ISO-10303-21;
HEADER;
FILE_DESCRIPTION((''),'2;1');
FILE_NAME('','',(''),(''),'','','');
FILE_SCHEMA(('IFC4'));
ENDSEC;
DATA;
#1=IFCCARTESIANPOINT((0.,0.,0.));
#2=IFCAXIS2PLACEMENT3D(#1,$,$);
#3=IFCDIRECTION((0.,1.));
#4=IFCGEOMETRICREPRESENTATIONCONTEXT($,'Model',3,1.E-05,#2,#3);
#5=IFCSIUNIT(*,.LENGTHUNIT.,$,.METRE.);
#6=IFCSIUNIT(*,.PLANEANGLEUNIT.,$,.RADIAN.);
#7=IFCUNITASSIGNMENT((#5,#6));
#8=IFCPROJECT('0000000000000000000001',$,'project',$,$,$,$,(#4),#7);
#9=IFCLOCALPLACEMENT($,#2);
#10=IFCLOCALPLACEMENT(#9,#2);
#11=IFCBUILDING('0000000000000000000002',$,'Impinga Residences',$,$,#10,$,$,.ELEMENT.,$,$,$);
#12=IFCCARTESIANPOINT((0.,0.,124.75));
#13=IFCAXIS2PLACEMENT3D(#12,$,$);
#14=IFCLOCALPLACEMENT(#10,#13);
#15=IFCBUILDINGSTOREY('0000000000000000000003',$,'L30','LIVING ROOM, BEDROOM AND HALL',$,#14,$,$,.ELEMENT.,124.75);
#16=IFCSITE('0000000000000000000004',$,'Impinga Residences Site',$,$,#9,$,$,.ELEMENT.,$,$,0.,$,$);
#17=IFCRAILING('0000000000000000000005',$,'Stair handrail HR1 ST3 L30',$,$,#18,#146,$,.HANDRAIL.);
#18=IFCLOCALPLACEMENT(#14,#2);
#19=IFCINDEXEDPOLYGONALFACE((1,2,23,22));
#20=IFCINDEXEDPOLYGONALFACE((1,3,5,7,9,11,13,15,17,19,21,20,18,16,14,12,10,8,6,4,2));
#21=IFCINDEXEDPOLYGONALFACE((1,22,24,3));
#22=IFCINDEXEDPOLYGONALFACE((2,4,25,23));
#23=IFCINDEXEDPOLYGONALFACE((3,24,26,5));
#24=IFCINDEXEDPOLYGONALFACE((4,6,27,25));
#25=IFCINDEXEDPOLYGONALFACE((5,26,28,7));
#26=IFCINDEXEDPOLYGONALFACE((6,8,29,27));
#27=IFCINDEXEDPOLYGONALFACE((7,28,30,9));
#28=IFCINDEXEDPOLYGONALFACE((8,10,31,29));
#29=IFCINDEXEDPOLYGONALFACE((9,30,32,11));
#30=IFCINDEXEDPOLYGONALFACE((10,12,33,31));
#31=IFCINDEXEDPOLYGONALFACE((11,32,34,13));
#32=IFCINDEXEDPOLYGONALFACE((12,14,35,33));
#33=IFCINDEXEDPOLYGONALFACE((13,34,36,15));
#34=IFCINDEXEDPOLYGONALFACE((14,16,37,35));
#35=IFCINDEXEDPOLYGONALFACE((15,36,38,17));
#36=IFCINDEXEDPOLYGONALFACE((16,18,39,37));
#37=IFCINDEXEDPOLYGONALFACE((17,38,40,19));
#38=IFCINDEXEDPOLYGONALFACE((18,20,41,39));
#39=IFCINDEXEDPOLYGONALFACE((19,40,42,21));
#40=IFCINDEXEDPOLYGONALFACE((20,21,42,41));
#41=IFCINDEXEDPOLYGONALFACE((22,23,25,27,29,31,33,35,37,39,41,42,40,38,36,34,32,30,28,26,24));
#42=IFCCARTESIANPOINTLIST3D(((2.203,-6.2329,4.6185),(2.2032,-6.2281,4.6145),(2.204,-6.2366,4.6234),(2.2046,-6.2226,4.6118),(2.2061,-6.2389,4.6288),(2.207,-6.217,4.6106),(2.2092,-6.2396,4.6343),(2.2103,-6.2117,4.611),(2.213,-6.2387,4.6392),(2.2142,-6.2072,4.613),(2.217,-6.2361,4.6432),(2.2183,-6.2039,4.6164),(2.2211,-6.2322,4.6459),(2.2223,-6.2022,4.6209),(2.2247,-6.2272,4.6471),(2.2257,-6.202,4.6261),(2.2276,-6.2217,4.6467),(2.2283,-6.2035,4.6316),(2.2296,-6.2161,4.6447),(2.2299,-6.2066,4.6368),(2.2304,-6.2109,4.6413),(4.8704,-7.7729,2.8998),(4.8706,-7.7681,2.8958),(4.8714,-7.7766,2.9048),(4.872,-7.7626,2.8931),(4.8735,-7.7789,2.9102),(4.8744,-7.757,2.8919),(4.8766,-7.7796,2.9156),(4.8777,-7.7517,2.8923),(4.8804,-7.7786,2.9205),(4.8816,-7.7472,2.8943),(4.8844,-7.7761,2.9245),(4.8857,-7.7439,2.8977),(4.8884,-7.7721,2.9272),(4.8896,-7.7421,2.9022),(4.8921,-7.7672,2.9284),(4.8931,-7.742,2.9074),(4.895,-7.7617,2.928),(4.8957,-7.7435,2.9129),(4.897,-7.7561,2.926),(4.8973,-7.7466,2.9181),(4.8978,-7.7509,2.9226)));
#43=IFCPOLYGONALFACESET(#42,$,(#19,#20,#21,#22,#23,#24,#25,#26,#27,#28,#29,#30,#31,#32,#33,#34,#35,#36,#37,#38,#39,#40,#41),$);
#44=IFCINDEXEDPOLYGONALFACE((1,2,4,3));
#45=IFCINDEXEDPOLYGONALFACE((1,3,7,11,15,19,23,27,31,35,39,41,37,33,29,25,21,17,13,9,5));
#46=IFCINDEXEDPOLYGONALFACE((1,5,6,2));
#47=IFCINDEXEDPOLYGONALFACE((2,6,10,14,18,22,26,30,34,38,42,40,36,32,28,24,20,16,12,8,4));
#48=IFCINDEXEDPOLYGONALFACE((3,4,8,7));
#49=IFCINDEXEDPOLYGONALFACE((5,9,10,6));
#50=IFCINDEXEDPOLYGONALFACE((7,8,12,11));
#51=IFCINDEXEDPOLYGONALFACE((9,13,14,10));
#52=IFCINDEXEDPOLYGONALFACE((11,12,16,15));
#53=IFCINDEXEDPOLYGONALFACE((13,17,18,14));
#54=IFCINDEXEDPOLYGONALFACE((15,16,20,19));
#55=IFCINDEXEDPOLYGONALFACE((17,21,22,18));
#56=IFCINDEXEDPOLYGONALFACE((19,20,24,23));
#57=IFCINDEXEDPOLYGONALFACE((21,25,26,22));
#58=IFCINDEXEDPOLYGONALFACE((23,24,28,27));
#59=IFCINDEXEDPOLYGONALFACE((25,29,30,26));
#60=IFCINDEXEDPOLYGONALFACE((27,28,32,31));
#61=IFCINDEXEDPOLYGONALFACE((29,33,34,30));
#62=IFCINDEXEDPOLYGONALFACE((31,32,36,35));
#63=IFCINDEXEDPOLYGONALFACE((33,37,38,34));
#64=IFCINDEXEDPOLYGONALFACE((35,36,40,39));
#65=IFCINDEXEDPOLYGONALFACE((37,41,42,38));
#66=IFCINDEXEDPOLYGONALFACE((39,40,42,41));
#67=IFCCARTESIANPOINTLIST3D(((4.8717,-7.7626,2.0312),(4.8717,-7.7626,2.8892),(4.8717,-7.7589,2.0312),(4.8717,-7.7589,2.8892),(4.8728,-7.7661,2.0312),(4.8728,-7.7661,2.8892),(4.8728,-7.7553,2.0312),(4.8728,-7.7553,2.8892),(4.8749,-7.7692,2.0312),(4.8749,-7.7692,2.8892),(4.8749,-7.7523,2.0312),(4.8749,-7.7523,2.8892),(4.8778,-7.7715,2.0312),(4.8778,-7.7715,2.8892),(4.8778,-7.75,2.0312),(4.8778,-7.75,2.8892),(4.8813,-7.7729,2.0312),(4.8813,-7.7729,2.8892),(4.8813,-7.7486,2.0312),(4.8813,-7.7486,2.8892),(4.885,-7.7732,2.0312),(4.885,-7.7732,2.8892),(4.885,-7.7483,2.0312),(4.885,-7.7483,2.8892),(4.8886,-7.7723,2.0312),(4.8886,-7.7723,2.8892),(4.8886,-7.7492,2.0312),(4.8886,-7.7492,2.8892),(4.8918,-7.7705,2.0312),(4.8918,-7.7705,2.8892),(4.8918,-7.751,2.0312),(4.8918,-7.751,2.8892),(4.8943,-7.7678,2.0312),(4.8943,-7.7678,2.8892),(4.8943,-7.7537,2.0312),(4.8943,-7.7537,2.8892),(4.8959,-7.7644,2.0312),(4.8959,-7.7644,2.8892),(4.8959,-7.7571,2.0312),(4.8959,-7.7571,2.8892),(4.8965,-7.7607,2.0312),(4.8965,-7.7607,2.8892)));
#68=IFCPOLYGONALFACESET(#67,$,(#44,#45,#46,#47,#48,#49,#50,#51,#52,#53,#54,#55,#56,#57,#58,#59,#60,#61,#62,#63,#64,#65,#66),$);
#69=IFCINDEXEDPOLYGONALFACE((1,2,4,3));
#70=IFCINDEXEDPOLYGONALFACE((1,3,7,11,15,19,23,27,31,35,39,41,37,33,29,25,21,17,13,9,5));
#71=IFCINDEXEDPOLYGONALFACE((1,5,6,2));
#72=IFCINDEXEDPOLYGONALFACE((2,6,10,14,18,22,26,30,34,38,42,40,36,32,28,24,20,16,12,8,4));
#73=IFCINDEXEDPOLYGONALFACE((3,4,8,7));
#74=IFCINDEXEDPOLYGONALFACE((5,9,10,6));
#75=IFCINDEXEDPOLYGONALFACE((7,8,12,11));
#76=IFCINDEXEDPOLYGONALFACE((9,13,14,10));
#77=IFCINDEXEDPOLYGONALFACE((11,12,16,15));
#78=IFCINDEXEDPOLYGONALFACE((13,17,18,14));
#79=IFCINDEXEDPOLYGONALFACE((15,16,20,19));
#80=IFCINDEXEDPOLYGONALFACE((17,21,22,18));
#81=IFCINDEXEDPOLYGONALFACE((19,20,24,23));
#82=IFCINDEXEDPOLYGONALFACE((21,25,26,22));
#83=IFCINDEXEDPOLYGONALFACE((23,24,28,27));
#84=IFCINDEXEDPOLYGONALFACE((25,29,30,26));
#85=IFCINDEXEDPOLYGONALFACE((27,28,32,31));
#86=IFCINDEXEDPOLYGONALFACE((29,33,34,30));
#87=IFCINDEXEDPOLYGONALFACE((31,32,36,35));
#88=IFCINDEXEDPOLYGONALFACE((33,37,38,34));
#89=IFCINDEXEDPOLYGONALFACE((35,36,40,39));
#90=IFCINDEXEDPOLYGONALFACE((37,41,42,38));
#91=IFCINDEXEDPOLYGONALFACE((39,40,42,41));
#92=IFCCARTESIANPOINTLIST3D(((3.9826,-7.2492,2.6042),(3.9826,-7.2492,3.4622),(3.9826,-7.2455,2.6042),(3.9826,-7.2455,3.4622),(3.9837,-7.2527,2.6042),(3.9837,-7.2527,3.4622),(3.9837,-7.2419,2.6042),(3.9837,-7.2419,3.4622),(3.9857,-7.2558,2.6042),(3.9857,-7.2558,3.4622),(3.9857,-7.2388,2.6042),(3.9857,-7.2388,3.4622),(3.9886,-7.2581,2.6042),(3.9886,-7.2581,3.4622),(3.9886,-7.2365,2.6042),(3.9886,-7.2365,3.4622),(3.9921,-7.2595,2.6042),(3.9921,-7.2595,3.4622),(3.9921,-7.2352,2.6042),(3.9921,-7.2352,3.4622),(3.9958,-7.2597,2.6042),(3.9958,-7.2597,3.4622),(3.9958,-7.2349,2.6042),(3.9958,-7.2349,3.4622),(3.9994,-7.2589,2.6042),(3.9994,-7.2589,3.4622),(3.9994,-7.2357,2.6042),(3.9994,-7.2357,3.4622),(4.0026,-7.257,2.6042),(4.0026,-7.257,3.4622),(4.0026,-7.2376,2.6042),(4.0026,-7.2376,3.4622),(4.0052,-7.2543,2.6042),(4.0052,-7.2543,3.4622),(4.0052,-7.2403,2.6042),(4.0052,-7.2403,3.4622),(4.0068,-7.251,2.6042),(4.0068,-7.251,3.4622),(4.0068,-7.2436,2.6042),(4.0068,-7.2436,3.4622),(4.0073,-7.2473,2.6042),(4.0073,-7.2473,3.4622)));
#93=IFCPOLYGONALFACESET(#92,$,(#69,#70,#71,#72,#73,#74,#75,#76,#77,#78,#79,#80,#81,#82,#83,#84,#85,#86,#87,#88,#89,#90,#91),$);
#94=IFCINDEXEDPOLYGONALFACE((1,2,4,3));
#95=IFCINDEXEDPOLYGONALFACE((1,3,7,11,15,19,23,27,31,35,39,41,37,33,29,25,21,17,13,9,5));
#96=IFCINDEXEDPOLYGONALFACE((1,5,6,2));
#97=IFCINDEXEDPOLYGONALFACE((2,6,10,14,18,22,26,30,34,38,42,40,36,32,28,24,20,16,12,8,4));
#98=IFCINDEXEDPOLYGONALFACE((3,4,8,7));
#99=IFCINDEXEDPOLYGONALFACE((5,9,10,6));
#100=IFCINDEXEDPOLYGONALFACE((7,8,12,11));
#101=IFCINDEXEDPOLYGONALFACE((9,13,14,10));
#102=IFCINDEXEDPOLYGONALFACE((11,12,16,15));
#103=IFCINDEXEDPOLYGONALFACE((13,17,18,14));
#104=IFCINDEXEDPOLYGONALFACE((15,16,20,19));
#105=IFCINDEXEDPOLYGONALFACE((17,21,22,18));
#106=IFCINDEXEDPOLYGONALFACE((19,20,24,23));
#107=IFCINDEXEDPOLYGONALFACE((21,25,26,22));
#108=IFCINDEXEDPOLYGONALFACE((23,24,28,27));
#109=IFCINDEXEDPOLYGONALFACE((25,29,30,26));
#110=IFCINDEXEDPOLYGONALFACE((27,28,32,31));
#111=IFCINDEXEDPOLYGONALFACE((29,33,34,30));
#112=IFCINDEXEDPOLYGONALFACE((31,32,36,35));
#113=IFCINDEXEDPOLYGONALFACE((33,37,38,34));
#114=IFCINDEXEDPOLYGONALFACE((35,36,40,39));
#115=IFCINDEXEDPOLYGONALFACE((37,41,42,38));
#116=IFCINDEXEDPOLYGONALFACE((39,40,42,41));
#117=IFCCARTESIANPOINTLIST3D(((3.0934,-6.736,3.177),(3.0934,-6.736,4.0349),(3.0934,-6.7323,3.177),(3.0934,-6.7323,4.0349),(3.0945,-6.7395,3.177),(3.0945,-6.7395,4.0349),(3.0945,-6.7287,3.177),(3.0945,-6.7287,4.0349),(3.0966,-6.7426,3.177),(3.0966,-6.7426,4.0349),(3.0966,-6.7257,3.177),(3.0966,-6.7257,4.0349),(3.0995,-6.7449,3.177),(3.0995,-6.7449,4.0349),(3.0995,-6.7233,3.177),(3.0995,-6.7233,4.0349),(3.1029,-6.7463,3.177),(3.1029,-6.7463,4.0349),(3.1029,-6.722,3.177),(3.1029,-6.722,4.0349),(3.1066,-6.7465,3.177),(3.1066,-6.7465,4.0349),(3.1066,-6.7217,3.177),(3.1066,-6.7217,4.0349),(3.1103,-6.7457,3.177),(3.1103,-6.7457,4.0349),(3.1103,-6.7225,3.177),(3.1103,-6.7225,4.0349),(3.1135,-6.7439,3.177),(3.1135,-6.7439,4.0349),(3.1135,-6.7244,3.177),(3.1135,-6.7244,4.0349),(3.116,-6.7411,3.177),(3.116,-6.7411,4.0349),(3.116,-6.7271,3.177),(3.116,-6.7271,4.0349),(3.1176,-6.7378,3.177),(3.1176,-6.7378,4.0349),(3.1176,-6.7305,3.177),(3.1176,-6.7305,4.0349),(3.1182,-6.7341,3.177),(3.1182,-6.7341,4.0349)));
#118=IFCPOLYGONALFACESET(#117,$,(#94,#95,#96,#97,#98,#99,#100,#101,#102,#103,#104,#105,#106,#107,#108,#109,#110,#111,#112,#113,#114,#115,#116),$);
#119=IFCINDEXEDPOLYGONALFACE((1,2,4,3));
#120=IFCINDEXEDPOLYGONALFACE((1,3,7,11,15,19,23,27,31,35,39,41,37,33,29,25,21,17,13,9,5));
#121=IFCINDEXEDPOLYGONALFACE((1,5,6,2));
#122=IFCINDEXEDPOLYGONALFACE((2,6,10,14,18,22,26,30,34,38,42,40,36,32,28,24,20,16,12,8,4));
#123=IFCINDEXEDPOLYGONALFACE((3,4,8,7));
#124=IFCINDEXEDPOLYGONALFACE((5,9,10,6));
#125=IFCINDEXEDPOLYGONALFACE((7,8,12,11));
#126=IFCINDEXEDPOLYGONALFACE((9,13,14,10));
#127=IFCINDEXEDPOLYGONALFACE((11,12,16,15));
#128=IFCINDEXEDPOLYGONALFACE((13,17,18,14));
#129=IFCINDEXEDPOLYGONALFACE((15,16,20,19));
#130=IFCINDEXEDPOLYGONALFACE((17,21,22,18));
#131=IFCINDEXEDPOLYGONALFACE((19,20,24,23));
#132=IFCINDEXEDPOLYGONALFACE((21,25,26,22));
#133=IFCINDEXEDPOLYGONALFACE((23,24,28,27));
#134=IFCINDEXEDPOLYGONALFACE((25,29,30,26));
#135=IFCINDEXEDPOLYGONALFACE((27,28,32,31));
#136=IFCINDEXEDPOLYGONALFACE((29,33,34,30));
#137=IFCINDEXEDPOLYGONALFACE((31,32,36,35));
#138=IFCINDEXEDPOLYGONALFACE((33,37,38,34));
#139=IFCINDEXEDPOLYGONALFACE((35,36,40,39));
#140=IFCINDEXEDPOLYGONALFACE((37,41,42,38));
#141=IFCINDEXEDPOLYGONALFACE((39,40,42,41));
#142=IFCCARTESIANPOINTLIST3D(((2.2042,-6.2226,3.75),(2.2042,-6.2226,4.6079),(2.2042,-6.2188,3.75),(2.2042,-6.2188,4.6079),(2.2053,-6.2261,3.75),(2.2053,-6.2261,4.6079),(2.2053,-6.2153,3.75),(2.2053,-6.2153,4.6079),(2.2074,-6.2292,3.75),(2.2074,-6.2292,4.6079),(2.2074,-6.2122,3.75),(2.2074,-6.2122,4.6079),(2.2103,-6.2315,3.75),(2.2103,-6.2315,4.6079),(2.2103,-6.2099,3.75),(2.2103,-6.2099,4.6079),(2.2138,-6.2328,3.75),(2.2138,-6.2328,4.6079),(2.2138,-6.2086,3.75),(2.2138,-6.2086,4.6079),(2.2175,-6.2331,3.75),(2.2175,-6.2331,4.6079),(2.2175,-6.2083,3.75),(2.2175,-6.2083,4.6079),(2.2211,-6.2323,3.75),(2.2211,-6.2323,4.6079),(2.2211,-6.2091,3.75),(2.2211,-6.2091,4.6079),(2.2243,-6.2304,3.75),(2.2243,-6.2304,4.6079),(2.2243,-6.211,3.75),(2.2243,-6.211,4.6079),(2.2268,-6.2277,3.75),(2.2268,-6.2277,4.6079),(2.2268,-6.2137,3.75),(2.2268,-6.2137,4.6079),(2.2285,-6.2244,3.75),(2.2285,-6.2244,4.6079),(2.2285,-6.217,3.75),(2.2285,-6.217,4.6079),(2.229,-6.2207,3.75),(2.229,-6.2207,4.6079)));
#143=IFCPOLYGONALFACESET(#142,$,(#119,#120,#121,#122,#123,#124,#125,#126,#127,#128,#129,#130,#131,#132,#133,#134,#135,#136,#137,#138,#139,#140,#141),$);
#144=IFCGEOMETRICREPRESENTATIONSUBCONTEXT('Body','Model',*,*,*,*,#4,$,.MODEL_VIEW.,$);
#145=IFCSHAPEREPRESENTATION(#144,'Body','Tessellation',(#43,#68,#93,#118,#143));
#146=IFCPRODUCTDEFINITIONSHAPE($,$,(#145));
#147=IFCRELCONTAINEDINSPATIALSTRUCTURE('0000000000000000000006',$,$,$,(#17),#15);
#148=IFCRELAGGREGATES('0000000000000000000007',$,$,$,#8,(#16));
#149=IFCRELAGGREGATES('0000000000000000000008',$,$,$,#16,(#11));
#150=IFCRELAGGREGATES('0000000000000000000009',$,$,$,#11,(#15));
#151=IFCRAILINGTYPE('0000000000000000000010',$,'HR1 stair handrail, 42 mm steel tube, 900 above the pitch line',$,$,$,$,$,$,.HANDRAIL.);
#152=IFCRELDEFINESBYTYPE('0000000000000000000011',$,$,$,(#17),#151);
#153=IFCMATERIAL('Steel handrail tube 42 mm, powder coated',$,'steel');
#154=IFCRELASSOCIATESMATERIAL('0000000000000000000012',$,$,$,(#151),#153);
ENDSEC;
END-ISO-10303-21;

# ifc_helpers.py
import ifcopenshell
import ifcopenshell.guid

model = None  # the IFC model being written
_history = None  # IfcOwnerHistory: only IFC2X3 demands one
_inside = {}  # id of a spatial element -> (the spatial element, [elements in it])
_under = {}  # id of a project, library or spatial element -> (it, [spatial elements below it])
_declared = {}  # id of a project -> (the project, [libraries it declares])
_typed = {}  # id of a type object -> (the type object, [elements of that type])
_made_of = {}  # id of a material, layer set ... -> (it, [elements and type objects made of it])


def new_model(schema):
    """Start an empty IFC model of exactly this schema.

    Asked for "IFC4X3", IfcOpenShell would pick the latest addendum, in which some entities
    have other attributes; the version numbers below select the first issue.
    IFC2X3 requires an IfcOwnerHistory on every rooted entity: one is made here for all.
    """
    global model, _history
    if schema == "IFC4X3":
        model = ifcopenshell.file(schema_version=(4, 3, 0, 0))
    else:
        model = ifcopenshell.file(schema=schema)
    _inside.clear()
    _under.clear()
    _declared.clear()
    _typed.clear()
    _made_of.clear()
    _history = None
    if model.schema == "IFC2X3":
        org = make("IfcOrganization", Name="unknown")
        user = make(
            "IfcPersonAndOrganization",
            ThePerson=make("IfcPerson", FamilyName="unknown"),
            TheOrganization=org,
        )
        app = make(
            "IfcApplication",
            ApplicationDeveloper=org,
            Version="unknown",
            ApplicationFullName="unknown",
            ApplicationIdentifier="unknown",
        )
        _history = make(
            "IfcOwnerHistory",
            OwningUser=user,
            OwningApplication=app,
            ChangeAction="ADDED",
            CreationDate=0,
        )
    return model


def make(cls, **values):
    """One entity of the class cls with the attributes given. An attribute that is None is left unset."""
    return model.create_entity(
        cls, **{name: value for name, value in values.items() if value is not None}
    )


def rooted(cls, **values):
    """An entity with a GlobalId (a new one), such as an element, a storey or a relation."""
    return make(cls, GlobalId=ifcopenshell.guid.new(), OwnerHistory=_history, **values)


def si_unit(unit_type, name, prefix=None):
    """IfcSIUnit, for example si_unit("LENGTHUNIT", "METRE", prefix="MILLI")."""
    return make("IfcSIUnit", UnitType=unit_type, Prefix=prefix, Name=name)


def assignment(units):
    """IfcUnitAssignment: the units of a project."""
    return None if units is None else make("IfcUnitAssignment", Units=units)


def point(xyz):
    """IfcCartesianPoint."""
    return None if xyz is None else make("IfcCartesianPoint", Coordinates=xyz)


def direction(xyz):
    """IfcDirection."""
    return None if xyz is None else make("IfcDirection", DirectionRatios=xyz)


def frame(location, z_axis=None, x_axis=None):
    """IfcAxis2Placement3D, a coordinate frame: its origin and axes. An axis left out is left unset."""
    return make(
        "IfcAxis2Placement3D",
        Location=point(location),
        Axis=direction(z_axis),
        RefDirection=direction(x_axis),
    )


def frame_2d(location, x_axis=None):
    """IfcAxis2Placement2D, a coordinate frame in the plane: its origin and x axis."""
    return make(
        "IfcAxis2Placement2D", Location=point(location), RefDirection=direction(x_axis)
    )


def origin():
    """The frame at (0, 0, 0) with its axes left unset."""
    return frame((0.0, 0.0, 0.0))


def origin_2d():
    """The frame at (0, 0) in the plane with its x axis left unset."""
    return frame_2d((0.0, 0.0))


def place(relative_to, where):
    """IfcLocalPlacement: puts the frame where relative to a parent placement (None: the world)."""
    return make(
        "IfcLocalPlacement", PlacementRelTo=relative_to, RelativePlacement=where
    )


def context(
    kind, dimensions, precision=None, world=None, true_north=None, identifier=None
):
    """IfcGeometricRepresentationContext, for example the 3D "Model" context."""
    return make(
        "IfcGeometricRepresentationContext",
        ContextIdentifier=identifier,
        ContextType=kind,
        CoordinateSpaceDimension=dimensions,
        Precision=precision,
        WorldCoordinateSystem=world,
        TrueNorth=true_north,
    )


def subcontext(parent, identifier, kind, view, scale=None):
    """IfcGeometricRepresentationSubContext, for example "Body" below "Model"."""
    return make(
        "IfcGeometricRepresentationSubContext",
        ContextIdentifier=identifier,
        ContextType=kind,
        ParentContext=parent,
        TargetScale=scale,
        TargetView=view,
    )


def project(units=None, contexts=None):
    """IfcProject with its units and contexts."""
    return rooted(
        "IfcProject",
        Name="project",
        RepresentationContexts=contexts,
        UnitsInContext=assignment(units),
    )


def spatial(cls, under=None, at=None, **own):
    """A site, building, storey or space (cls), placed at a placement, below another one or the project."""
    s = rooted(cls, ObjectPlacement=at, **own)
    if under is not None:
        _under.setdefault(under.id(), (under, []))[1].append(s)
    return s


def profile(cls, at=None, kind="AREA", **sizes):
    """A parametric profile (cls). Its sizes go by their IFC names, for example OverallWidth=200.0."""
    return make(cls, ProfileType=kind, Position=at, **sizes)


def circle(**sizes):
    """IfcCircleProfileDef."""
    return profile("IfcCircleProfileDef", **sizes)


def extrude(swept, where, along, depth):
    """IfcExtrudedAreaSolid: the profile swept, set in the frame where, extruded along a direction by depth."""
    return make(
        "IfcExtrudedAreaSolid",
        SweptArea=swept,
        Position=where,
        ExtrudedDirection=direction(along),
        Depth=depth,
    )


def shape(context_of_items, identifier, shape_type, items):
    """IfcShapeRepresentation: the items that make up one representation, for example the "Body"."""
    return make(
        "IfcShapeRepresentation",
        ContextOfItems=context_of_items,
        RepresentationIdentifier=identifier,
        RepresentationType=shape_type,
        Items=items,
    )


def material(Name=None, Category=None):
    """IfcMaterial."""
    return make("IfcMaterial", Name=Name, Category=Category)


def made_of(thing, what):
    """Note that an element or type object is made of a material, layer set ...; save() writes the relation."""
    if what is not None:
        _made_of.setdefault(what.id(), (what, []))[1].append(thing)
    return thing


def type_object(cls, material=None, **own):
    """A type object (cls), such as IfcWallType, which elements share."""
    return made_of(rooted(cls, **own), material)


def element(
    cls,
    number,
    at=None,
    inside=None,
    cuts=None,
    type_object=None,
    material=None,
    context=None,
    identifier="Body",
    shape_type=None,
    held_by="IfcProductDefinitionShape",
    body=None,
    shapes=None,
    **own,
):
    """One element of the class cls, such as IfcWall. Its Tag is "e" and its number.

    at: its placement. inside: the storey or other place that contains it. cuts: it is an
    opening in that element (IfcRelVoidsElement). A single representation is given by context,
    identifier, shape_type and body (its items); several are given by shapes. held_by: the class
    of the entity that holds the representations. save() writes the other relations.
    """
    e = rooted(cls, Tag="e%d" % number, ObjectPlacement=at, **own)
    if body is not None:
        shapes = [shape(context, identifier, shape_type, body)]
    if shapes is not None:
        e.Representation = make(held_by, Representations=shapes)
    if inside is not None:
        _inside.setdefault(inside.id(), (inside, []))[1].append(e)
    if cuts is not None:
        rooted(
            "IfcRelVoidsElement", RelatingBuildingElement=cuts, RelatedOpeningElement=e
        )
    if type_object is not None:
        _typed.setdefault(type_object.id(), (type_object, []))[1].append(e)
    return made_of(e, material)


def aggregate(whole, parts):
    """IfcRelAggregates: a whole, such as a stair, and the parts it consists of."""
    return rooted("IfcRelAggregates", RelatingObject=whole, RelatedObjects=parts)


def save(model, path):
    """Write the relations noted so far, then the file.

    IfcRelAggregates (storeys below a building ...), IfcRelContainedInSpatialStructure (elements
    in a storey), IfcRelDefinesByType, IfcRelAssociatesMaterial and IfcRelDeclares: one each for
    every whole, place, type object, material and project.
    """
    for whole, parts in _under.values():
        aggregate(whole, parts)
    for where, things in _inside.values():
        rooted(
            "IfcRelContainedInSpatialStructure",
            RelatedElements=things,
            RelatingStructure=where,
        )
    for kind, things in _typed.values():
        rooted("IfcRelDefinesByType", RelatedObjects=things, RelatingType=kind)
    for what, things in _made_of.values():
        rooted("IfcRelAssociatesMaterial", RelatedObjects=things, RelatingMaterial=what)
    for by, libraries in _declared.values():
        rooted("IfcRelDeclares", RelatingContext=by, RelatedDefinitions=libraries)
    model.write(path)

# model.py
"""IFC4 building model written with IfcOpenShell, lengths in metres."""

from ifc_helpers import new_model, si_unit, direction, frame, origin, origin_2d, place, context, subcontext, project, spatial, circle, extrude, material, type_object, element, save


model = new_model("IFC4")

# Units and contexts
model_context = context("Model", 3, precision=1e-05, world=origin(), true_north=direction((0.0, 1.0)))
body_context = subcontext(model_context, "Body", "Model", "MODEL_VIEW")
ifc_project = project(units=[si_unit("LENGTHUNIT", "METRE"), si_unit("PLANEANGLEUNIT", "RADIAN")], contexts=[model_context])

# Site, building, storey
site_placement = place(None, origin())
site = spatial("IfcSite", under=ifc_project, at=site_placement, Name="Impinga Residences Site", CompositionType="ELEMENT", RefElevation=0.0)
building_placement = place(site_placement, origin())
building = spatial("IfcBuilding", under=site, at=building_placement, Name="Impinga Residences", CompositionType="ELEMENT")
storey_placement = place(building_placement, frame((0.0, 0.0, 124.75)))
storey = spatial("IfcBuildingStorey", under=building, at=storey_placement, Name="L30", Description="LIVING ROOM, BEDROOM AND HALL", CompositionType="ELEMENT", Elevation=124.75)

# Railing
ifc_material_1 = material(Name="Steel handrail tube 42 mm, powder coated", Category="steel")
railing_type_1 = type_object("IfcRailingType", Name="HR1 stair handrail, 42 mm steel tube, 900 above the pitch line", PredefinedType="HANDRAIL", material=ifc_material_1)
railing_1_placement = place(storey_placement, frame((4.884, -7.7607, 2.0312)))
element("IfcRailing", 1, at=railing_1_placement, inside=storey, type_object=railing_type_1, Name="Stair handrail HR1 ST3 L30", PredefinedType="HANDRAIL", context=body_context, shape_type="SweptSolid", body=[
    extrude(circle(Radius=0.021, at=origin_2d()), frame((0.0, 0.0, 0.8789), z_axis=(-0.756256, 0.436616, 0.487282), x_axis=(-0.499992, -0.86603, 0.0)), (0.0, 0.0, 1.0), 3.5271),
    extrude(circle(Radius=0.0125, at=origin_2d()), origin(), (0.0, 0.0, 1.0), 0.8579),
    extrude(circle(Radius=0.0125, at=origin_2d()), frame((-0.8892, 0.5134, 0.573)), (0.0, 0.0, 1.0), 0.8579),
    extrude(circle(Radius=0.0125, at=origin_2d()), frame((-1.7783, 1.0266, 1.1458)), (0.0, 0.0, 1.0), 0.8579),
    extrude(circle(Radius=0.0125, at=origin_2d()), frame((-2.6675, 1.54, 1.7188)), (0.0, 0.0, 1.0), 0.8579),
])

save(model, "model.ifc")
